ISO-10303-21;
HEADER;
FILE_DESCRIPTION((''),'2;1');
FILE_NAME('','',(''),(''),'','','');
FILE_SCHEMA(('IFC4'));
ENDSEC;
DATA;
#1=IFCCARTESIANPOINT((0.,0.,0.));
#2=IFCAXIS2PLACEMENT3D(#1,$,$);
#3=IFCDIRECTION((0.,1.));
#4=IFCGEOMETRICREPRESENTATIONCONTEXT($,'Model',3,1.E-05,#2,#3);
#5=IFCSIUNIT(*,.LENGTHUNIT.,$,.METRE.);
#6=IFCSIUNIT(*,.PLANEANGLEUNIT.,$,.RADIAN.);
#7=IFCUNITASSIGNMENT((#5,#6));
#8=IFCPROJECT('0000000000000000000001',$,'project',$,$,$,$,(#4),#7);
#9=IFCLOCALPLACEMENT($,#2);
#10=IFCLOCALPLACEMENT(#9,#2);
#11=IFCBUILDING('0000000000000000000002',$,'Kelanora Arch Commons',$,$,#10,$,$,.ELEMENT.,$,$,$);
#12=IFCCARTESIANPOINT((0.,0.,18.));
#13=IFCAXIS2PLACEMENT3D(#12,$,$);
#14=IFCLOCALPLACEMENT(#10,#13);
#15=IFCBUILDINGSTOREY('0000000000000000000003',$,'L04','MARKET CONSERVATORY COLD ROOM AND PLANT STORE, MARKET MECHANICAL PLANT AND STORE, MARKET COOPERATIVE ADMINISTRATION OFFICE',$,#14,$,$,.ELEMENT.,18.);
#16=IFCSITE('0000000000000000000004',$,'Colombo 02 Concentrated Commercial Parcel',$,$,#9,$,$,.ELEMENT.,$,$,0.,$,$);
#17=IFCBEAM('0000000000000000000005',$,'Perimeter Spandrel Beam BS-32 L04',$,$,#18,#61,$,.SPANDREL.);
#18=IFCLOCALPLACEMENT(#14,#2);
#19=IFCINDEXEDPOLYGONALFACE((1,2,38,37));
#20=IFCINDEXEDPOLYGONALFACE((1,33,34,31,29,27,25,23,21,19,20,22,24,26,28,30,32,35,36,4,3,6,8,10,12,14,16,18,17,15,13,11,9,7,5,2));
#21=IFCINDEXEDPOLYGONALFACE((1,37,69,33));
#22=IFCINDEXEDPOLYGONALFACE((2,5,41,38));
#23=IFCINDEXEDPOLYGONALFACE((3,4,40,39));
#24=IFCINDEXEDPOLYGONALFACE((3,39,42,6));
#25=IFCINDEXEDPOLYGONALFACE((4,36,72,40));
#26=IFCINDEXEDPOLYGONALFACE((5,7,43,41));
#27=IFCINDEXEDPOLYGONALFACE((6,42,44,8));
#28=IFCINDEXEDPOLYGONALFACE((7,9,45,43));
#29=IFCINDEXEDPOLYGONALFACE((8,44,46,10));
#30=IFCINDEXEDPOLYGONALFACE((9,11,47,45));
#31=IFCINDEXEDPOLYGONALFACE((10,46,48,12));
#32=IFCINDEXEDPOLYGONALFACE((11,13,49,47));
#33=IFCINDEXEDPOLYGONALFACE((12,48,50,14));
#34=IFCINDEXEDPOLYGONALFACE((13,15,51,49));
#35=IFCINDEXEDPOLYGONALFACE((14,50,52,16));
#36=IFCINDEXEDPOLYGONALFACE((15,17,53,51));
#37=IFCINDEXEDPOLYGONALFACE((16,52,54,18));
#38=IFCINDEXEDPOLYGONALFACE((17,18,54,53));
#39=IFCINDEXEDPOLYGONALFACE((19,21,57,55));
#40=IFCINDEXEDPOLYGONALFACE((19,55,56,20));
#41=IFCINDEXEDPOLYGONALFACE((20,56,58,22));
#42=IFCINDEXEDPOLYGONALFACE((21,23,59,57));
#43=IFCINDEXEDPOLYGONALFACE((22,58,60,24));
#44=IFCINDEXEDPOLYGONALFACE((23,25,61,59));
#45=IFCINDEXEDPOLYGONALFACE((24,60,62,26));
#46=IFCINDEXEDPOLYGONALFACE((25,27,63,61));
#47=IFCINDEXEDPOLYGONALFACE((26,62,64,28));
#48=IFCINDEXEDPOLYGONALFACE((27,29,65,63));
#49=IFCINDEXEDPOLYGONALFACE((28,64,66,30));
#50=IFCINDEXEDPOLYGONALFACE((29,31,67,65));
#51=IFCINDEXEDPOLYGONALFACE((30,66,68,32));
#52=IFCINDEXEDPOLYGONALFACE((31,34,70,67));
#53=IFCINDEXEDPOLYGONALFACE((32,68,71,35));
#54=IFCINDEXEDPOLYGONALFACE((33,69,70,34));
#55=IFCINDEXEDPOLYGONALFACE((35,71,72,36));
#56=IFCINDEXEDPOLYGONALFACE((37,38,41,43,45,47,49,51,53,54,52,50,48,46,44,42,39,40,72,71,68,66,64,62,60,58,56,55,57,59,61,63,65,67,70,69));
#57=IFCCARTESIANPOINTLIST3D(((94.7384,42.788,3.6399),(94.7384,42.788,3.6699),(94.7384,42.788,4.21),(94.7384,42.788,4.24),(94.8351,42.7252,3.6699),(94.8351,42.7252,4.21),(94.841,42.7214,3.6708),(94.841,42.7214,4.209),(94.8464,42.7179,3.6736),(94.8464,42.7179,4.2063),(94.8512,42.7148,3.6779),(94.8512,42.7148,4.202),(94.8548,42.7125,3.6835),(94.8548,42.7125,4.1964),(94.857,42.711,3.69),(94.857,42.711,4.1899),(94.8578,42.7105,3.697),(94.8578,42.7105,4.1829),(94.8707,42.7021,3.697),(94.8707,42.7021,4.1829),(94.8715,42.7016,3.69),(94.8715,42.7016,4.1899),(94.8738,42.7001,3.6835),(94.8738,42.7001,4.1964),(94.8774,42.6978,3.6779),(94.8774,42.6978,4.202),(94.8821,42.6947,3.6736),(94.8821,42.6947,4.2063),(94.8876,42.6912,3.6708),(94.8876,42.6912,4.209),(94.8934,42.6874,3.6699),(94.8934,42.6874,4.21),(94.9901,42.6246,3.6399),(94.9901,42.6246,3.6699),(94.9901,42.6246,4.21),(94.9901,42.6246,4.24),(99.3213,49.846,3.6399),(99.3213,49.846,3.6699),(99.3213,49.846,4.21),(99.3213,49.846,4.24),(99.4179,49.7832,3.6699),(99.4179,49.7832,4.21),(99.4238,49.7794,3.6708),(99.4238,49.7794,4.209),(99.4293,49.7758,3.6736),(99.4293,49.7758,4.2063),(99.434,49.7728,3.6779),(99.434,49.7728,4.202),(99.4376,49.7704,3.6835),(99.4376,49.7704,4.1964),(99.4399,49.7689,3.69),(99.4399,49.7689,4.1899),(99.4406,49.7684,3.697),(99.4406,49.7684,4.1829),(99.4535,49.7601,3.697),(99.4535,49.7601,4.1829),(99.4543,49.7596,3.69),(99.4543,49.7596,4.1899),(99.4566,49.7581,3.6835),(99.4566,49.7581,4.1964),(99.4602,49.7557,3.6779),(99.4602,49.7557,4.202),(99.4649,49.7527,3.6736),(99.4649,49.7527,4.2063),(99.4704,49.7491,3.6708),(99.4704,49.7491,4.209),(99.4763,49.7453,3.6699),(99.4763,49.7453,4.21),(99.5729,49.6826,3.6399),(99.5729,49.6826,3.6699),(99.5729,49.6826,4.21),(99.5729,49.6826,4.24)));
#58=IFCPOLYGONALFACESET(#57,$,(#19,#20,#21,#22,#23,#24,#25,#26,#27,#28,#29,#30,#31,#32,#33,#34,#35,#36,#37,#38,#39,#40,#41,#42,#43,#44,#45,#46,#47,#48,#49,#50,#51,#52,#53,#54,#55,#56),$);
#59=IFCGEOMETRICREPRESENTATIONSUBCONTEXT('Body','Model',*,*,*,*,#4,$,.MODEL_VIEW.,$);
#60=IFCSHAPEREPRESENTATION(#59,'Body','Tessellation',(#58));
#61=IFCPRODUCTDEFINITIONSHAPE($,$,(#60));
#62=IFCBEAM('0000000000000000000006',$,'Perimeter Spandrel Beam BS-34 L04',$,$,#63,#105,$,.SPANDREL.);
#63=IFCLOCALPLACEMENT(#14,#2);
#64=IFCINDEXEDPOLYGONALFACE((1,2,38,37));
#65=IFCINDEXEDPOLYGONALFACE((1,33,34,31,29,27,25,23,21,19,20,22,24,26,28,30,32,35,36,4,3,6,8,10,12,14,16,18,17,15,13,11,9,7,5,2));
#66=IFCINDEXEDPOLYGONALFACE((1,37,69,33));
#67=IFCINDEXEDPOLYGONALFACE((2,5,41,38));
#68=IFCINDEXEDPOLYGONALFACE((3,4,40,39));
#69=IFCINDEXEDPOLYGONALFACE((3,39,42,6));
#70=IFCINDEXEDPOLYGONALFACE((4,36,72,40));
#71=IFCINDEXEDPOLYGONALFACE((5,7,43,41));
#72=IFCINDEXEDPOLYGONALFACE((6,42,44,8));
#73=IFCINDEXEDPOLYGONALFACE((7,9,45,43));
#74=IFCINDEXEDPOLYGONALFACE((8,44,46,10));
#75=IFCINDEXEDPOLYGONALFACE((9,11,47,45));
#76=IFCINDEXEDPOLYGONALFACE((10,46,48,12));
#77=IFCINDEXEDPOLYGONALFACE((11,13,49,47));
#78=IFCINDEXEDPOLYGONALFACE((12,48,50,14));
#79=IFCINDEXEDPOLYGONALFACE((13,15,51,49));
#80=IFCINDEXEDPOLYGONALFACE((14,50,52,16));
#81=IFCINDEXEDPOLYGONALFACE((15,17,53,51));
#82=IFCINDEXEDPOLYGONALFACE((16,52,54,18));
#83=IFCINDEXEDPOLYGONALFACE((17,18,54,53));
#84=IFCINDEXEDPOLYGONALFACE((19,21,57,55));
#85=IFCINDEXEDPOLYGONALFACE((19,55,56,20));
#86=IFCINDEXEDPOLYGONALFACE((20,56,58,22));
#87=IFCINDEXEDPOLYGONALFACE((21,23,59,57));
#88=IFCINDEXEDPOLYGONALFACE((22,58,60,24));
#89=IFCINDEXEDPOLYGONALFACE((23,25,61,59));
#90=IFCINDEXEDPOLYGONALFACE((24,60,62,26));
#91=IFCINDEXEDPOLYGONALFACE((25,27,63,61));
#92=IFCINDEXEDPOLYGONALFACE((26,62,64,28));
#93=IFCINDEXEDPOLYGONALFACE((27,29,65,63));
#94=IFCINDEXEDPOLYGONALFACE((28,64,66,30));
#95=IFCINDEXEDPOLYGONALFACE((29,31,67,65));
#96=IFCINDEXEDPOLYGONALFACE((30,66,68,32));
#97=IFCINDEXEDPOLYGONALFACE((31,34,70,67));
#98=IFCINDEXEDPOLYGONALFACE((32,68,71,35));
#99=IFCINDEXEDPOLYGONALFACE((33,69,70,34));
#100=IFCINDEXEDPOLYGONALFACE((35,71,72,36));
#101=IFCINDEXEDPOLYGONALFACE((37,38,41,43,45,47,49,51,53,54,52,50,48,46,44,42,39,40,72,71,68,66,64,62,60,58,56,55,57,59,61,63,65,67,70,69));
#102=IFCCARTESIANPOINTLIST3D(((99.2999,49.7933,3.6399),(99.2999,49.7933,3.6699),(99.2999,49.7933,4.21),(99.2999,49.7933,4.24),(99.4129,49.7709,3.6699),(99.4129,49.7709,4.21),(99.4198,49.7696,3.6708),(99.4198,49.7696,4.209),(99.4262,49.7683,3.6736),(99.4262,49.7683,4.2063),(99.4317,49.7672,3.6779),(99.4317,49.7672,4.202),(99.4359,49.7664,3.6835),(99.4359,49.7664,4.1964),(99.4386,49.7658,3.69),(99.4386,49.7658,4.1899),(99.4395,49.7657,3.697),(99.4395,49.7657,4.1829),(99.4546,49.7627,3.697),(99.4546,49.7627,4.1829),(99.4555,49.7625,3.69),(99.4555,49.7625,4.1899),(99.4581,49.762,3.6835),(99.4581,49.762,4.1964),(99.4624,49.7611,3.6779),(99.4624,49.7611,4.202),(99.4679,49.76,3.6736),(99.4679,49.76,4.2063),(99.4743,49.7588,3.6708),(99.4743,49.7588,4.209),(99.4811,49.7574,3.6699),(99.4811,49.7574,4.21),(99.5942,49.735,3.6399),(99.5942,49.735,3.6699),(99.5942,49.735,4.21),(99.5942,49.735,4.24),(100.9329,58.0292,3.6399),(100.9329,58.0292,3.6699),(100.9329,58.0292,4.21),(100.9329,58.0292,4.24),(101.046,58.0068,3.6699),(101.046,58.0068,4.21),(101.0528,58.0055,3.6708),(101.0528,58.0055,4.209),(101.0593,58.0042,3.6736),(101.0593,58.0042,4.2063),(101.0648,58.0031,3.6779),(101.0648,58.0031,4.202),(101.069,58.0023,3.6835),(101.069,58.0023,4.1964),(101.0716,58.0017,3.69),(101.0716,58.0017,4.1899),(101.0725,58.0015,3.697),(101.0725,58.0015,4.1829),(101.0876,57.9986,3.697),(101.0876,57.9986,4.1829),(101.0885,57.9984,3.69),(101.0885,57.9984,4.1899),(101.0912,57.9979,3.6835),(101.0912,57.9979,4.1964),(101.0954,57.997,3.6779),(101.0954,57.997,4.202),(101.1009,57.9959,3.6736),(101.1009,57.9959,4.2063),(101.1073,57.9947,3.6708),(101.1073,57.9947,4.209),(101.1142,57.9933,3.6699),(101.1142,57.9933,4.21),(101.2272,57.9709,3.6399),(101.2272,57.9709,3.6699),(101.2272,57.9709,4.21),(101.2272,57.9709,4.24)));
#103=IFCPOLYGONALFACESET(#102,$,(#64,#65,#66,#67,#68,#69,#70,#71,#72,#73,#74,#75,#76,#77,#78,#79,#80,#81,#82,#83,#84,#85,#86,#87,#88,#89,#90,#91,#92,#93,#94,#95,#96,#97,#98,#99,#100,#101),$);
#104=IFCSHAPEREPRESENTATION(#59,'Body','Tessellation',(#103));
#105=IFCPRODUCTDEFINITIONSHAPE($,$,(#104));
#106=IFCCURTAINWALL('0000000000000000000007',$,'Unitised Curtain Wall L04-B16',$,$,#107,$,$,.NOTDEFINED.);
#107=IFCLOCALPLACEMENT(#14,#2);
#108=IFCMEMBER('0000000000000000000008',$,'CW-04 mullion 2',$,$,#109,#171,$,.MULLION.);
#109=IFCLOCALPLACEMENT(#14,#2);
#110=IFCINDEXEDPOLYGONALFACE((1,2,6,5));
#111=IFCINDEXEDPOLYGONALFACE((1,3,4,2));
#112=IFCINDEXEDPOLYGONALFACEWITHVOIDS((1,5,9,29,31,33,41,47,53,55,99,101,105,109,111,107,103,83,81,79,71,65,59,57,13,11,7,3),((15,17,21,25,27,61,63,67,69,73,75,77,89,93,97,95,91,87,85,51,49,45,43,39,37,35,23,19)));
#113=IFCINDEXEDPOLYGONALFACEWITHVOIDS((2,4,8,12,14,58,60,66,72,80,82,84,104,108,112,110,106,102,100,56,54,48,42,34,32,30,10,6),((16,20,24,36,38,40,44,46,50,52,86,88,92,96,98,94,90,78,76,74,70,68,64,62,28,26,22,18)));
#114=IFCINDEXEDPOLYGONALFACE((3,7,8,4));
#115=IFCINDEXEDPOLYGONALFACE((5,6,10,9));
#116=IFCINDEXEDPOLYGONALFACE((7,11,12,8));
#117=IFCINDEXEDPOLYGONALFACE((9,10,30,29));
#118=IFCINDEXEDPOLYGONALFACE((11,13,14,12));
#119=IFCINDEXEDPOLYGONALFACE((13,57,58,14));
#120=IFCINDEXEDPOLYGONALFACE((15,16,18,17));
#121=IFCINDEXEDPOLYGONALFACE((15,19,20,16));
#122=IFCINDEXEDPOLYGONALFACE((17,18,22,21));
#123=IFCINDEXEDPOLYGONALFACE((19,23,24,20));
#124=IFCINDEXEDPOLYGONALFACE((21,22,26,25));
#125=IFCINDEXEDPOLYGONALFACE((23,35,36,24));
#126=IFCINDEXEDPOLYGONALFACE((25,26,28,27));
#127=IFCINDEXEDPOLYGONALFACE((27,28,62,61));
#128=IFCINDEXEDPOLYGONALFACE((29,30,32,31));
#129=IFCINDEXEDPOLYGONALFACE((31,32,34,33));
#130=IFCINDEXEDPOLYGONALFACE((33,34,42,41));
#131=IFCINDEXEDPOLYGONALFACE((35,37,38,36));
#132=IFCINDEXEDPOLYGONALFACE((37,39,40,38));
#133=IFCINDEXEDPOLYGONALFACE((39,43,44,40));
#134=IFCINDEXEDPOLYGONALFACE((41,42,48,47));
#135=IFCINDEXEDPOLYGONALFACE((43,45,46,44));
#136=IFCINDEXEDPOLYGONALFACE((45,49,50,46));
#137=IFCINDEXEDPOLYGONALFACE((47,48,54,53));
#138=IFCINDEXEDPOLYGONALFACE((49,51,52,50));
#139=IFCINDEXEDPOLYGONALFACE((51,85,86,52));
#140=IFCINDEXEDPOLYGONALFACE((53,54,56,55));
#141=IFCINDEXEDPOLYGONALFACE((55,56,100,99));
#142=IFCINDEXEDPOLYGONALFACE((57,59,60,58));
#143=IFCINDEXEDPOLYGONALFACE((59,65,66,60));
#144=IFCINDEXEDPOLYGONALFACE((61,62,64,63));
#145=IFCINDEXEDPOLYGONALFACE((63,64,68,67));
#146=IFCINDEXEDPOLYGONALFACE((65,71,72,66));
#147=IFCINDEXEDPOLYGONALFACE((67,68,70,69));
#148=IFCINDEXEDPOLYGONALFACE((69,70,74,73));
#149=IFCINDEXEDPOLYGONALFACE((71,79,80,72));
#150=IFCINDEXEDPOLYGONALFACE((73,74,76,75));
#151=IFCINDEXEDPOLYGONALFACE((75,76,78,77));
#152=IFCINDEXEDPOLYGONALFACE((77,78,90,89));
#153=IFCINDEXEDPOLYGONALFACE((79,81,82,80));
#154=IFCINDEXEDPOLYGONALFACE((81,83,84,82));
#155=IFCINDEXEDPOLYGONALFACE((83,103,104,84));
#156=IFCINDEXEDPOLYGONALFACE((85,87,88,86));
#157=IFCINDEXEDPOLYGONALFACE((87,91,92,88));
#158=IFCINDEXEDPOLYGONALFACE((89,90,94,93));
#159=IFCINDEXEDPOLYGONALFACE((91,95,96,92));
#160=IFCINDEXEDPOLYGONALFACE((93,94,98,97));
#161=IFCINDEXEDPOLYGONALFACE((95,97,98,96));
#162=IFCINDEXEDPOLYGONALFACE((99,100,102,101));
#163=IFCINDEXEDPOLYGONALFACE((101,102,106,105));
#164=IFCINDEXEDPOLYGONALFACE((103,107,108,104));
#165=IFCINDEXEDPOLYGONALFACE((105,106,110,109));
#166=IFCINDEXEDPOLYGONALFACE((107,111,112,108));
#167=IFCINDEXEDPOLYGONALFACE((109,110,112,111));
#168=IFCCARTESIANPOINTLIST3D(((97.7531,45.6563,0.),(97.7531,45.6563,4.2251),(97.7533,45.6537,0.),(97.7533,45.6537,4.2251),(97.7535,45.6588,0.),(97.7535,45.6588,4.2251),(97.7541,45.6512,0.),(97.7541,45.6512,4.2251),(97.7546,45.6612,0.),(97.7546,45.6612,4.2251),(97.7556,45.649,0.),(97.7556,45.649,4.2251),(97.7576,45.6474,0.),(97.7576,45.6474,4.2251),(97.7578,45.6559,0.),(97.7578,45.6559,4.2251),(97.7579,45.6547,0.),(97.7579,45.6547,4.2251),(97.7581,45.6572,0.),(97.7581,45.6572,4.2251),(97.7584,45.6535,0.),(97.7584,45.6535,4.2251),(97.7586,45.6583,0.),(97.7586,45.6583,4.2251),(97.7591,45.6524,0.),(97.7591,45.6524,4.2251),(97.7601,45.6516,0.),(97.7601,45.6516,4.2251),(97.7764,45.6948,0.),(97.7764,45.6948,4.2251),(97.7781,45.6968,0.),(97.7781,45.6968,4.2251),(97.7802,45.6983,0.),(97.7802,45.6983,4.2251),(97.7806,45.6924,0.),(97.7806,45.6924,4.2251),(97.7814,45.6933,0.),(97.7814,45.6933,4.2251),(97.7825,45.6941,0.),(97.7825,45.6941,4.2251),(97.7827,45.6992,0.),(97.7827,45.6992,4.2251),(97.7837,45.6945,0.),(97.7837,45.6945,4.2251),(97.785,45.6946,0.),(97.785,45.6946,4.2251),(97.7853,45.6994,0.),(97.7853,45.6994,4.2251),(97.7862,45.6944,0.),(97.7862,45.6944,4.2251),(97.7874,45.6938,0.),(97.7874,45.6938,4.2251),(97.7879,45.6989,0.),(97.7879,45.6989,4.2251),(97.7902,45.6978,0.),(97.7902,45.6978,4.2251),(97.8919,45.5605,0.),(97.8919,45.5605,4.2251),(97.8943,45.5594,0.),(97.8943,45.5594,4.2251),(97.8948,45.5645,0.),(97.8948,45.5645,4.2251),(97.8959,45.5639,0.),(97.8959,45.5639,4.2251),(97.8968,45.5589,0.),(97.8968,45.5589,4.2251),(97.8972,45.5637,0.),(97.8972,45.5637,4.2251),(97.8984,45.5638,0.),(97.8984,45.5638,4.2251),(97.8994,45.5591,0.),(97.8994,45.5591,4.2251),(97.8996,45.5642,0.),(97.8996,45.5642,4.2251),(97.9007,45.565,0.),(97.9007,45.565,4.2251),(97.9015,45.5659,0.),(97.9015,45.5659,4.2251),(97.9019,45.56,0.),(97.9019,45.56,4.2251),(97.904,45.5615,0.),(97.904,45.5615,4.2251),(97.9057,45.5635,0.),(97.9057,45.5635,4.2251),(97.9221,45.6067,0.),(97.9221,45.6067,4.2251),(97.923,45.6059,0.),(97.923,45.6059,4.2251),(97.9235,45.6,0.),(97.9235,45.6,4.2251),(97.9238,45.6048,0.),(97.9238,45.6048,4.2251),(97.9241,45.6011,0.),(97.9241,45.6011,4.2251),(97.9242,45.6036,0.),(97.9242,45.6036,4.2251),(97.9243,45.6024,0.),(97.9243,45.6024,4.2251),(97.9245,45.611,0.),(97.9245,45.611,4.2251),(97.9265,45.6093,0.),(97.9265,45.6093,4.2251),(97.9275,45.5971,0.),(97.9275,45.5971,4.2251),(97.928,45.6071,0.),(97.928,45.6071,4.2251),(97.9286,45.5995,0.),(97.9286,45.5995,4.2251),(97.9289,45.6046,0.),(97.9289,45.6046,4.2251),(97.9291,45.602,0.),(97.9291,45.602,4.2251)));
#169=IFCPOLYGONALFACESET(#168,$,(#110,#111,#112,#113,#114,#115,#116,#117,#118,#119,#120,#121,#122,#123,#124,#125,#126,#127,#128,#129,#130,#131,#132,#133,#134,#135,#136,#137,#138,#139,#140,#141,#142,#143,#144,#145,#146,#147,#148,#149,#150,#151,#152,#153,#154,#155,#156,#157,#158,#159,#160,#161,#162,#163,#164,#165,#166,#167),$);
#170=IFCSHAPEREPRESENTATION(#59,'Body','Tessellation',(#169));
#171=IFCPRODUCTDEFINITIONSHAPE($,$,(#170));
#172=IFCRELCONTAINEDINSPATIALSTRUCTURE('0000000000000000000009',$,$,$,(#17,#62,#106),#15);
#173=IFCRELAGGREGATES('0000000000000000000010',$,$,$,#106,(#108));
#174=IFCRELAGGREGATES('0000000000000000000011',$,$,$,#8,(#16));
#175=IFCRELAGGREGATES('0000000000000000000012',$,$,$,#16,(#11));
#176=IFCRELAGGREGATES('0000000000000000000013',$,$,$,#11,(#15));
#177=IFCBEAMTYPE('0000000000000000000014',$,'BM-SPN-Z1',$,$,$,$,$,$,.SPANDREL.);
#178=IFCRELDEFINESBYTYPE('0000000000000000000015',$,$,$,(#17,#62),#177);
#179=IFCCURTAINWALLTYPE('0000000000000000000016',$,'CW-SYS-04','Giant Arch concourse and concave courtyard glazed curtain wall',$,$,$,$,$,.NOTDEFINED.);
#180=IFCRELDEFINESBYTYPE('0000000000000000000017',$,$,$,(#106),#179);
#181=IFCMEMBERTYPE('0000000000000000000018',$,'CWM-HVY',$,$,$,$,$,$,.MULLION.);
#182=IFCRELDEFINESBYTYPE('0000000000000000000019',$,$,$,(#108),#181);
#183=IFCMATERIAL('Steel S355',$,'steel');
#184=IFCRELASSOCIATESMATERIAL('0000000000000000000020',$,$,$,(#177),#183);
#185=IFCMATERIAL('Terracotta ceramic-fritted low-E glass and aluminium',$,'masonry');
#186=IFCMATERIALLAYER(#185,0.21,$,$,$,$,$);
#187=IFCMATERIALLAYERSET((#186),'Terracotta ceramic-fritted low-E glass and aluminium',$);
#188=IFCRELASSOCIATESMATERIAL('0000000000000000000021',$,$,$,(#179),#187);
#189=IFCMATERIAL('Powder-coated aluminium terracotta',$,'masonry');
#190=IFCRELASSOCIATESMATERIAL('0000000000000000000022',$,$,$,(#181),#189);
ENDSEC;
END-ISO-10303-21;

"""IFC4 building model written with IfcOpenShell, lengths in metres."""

from ifc_helpers import new_model, si_unit, direction, frame, origin, origin_2d, place, context, subcontext, project, spatial, hollow_rectangle, i_section, extrude, material, layer, layer_set, material_profile, profile_set, type_object, element, aggregate, save


model = new_model("IFC4")

# Units and contexts
model_context = context("Model", 3, precision=1e-05, world=origin(), true_north=direction((0.0, 1.0)))
body_context = subcontext(model_context, "Body", "Model", "MODEL_VIEW")
ifc_project = project(units=[si_unit("LENGTHUNIT", "METRE"), si_unit("PLANEANGLEUNIT", "RADIAN")], contexts=[model_context])

# Site, building, storey
site_placement = place(None, origin())
site = spatial("IfcSite", under=ifc_project, at=site_placement, Name="Colombo 02 Concentrated Commercial Parcel", CompositionType="ELEMENT", RefElevation=0.0)
building_placement = place(site_placement, origin())
building = spatial("IfcBuilding", under=site, at=building_placement, Name="Kelanora Arch Commons", CompositionType="ELEMENT")
storey_placement = place(building_placement, frame((0.0, 0.0, 18.0)))
storey = spatial("IfcBuildingStorey", under=building, at=storey_placement, Name="L04", Description="MARKET CONSERVATORY COLD ROOM AND PLANT STORE, MARKET MECHANICAL PLANT AND STORE, MARKET COOPERATIVE ADMINISTRATION OFFICE", CompositionType="ELEMENT", Elevation=18.0)

# Beams
ifc_material_1 = material(Name="Steel S355", Category="steel")
ifc_material_profile_1 = material_profile(ifc_material_1, i_section(OverallWidth=0.3, OverallDepth=0.6001, WebThickness=0.0154, FlangeThickness=0.03, FilletRadius=0.0271, at=origin_2d()), Name="HEB600")
ifc_profile_set_1 = profile_set([ifc_material_profile_1], Name="Steel S355")
beam_type_1 = type_object("IfcBeamType", Name="BM-SPN-Z1", PredefinedType="SPANDREL", material=ifc_profile_set_1)
beam_1_placement = place(storey_placement, frame((94.8643, 42.7063, 3.9399), z_axis=(0.544583, 0.838707, 0.0), x_axis=(-0.838707, 0.544583, 0.0)))
element("IfcBeam", 1, at=beam_1_placement, inside=storey, type_object=beam_type_1, Name="Perimeter Spandrel Beam BS-32 L04", PredefinedType="SPANDREL", context=body_context, shape_type="SweptSolid", body=[
    extrude(i_section(OverallWidth=0.3, OverallDepth=0.6001, WebThickness=0.0154, FlangeThickness=0.03, FilletRadius=0.0271, at=origin_2d()), origin(), (0.0, 0.0, 1.0), 8.4153),
])
beam_2_placement = place(storey_placement, frame((99.447, 49.7642, 3.9399), z_axis=(0.1945, 0.980903, 0.0), x_axis=(-0.980903, 0.1945, 0.0)))
element("IfcBeam", 2, at=beam_2_placement, inside=storey, type_object=beam_type_1, Name="Perimeter Spandrel Beam BS-34 L04", PredefinedType="SPANDREL", context=body_context, shape_type="SweptSolid", body=[
    extrude(i_section(OverallWidth=0.3, OverallDepth=0.6001, WebThickness=0.0154, FlangeThickness=0.03, FilletRadius=0.0271, at=origin_2d()), origin(), (0.0, 0.0, 1.0), 8.3962),
])

# Curtain wall, member
ifc_material_2 = material(Name="Terracotta ceramic-fritted low-E glass and aluminium", Category="masonry")
ifc_layer_1 = layer(ifc_material_2, 0.21)
ifc_layer_set_1 = layer_set([ifc_layer_1], Name="Terracotta ceramic-fritted low-E glass and aluminium")
curtain_wall_type = type_object("IfcCurtainWallType", Name="CW-SYS-04", Description="Giant Arch concourse and concave courtyard glazed curtain wall", PredefinedType="NOTDEFINED", material=ifc_layer_set_1)
curtain_wall_placement = place(storey_placement, origin())
curtain_wall = element("IfcCurtainWall", 3, at=curtain_wall_placement, inside=storey, type_object=curtain_wall_type, Name="Unitised Curtain Wall L04-B16", PredefinedType="NOTDEFINED")
ifc_material_3 = material(Name="Powder-coated aluminium terracotta", Category="masonry")
ifc_material_profile_2 = material_profile(ifc_material_3, hollow_rectangle(XDim=0.1799, YDim=0.0601, WallThickness=0.0049, InnerFilletRadius=0.0049, OuterFilletRadius=0.01, at=origin_2d()), Name="CWM180x60")
ifc_profile_set_2 = profile_set([ifc_material_profile_2], Name="Powder-coated aluminium terracotta")
member_type_1 = type_object("IfcMemberType", Name="CWM-HVY", PredefinedType="MULLION", material=ifc_profile_set_2)
member_1_placement = place(storey_placement, frame((97.8411, 45.6292, 0.0), z_axis=(0.0, 0.0, 1.0), x_axis=(-0.839729, 0.543006, 0.0)))
member_1 = element("IfcMember", 4, at=member_1_placement, type_object=member_type_1, Name="CW-04 mullion 2", PredefinedType="MULLION", context=body_context, shape_type="SweptSolid", body=[
    extrude(hollow_rectangle(XDim=0.1799, YDim=0.0601, WallThickness=0.0049, InnerFilletRadius=0.0049, OuterFilletRadius=0.01, at=origin_2d()), origin(), (0.0, 0.0, 1.0), 4.2251),
])
aggregate(curtain_wall, [member_1])

save(model, "model.ifc")
